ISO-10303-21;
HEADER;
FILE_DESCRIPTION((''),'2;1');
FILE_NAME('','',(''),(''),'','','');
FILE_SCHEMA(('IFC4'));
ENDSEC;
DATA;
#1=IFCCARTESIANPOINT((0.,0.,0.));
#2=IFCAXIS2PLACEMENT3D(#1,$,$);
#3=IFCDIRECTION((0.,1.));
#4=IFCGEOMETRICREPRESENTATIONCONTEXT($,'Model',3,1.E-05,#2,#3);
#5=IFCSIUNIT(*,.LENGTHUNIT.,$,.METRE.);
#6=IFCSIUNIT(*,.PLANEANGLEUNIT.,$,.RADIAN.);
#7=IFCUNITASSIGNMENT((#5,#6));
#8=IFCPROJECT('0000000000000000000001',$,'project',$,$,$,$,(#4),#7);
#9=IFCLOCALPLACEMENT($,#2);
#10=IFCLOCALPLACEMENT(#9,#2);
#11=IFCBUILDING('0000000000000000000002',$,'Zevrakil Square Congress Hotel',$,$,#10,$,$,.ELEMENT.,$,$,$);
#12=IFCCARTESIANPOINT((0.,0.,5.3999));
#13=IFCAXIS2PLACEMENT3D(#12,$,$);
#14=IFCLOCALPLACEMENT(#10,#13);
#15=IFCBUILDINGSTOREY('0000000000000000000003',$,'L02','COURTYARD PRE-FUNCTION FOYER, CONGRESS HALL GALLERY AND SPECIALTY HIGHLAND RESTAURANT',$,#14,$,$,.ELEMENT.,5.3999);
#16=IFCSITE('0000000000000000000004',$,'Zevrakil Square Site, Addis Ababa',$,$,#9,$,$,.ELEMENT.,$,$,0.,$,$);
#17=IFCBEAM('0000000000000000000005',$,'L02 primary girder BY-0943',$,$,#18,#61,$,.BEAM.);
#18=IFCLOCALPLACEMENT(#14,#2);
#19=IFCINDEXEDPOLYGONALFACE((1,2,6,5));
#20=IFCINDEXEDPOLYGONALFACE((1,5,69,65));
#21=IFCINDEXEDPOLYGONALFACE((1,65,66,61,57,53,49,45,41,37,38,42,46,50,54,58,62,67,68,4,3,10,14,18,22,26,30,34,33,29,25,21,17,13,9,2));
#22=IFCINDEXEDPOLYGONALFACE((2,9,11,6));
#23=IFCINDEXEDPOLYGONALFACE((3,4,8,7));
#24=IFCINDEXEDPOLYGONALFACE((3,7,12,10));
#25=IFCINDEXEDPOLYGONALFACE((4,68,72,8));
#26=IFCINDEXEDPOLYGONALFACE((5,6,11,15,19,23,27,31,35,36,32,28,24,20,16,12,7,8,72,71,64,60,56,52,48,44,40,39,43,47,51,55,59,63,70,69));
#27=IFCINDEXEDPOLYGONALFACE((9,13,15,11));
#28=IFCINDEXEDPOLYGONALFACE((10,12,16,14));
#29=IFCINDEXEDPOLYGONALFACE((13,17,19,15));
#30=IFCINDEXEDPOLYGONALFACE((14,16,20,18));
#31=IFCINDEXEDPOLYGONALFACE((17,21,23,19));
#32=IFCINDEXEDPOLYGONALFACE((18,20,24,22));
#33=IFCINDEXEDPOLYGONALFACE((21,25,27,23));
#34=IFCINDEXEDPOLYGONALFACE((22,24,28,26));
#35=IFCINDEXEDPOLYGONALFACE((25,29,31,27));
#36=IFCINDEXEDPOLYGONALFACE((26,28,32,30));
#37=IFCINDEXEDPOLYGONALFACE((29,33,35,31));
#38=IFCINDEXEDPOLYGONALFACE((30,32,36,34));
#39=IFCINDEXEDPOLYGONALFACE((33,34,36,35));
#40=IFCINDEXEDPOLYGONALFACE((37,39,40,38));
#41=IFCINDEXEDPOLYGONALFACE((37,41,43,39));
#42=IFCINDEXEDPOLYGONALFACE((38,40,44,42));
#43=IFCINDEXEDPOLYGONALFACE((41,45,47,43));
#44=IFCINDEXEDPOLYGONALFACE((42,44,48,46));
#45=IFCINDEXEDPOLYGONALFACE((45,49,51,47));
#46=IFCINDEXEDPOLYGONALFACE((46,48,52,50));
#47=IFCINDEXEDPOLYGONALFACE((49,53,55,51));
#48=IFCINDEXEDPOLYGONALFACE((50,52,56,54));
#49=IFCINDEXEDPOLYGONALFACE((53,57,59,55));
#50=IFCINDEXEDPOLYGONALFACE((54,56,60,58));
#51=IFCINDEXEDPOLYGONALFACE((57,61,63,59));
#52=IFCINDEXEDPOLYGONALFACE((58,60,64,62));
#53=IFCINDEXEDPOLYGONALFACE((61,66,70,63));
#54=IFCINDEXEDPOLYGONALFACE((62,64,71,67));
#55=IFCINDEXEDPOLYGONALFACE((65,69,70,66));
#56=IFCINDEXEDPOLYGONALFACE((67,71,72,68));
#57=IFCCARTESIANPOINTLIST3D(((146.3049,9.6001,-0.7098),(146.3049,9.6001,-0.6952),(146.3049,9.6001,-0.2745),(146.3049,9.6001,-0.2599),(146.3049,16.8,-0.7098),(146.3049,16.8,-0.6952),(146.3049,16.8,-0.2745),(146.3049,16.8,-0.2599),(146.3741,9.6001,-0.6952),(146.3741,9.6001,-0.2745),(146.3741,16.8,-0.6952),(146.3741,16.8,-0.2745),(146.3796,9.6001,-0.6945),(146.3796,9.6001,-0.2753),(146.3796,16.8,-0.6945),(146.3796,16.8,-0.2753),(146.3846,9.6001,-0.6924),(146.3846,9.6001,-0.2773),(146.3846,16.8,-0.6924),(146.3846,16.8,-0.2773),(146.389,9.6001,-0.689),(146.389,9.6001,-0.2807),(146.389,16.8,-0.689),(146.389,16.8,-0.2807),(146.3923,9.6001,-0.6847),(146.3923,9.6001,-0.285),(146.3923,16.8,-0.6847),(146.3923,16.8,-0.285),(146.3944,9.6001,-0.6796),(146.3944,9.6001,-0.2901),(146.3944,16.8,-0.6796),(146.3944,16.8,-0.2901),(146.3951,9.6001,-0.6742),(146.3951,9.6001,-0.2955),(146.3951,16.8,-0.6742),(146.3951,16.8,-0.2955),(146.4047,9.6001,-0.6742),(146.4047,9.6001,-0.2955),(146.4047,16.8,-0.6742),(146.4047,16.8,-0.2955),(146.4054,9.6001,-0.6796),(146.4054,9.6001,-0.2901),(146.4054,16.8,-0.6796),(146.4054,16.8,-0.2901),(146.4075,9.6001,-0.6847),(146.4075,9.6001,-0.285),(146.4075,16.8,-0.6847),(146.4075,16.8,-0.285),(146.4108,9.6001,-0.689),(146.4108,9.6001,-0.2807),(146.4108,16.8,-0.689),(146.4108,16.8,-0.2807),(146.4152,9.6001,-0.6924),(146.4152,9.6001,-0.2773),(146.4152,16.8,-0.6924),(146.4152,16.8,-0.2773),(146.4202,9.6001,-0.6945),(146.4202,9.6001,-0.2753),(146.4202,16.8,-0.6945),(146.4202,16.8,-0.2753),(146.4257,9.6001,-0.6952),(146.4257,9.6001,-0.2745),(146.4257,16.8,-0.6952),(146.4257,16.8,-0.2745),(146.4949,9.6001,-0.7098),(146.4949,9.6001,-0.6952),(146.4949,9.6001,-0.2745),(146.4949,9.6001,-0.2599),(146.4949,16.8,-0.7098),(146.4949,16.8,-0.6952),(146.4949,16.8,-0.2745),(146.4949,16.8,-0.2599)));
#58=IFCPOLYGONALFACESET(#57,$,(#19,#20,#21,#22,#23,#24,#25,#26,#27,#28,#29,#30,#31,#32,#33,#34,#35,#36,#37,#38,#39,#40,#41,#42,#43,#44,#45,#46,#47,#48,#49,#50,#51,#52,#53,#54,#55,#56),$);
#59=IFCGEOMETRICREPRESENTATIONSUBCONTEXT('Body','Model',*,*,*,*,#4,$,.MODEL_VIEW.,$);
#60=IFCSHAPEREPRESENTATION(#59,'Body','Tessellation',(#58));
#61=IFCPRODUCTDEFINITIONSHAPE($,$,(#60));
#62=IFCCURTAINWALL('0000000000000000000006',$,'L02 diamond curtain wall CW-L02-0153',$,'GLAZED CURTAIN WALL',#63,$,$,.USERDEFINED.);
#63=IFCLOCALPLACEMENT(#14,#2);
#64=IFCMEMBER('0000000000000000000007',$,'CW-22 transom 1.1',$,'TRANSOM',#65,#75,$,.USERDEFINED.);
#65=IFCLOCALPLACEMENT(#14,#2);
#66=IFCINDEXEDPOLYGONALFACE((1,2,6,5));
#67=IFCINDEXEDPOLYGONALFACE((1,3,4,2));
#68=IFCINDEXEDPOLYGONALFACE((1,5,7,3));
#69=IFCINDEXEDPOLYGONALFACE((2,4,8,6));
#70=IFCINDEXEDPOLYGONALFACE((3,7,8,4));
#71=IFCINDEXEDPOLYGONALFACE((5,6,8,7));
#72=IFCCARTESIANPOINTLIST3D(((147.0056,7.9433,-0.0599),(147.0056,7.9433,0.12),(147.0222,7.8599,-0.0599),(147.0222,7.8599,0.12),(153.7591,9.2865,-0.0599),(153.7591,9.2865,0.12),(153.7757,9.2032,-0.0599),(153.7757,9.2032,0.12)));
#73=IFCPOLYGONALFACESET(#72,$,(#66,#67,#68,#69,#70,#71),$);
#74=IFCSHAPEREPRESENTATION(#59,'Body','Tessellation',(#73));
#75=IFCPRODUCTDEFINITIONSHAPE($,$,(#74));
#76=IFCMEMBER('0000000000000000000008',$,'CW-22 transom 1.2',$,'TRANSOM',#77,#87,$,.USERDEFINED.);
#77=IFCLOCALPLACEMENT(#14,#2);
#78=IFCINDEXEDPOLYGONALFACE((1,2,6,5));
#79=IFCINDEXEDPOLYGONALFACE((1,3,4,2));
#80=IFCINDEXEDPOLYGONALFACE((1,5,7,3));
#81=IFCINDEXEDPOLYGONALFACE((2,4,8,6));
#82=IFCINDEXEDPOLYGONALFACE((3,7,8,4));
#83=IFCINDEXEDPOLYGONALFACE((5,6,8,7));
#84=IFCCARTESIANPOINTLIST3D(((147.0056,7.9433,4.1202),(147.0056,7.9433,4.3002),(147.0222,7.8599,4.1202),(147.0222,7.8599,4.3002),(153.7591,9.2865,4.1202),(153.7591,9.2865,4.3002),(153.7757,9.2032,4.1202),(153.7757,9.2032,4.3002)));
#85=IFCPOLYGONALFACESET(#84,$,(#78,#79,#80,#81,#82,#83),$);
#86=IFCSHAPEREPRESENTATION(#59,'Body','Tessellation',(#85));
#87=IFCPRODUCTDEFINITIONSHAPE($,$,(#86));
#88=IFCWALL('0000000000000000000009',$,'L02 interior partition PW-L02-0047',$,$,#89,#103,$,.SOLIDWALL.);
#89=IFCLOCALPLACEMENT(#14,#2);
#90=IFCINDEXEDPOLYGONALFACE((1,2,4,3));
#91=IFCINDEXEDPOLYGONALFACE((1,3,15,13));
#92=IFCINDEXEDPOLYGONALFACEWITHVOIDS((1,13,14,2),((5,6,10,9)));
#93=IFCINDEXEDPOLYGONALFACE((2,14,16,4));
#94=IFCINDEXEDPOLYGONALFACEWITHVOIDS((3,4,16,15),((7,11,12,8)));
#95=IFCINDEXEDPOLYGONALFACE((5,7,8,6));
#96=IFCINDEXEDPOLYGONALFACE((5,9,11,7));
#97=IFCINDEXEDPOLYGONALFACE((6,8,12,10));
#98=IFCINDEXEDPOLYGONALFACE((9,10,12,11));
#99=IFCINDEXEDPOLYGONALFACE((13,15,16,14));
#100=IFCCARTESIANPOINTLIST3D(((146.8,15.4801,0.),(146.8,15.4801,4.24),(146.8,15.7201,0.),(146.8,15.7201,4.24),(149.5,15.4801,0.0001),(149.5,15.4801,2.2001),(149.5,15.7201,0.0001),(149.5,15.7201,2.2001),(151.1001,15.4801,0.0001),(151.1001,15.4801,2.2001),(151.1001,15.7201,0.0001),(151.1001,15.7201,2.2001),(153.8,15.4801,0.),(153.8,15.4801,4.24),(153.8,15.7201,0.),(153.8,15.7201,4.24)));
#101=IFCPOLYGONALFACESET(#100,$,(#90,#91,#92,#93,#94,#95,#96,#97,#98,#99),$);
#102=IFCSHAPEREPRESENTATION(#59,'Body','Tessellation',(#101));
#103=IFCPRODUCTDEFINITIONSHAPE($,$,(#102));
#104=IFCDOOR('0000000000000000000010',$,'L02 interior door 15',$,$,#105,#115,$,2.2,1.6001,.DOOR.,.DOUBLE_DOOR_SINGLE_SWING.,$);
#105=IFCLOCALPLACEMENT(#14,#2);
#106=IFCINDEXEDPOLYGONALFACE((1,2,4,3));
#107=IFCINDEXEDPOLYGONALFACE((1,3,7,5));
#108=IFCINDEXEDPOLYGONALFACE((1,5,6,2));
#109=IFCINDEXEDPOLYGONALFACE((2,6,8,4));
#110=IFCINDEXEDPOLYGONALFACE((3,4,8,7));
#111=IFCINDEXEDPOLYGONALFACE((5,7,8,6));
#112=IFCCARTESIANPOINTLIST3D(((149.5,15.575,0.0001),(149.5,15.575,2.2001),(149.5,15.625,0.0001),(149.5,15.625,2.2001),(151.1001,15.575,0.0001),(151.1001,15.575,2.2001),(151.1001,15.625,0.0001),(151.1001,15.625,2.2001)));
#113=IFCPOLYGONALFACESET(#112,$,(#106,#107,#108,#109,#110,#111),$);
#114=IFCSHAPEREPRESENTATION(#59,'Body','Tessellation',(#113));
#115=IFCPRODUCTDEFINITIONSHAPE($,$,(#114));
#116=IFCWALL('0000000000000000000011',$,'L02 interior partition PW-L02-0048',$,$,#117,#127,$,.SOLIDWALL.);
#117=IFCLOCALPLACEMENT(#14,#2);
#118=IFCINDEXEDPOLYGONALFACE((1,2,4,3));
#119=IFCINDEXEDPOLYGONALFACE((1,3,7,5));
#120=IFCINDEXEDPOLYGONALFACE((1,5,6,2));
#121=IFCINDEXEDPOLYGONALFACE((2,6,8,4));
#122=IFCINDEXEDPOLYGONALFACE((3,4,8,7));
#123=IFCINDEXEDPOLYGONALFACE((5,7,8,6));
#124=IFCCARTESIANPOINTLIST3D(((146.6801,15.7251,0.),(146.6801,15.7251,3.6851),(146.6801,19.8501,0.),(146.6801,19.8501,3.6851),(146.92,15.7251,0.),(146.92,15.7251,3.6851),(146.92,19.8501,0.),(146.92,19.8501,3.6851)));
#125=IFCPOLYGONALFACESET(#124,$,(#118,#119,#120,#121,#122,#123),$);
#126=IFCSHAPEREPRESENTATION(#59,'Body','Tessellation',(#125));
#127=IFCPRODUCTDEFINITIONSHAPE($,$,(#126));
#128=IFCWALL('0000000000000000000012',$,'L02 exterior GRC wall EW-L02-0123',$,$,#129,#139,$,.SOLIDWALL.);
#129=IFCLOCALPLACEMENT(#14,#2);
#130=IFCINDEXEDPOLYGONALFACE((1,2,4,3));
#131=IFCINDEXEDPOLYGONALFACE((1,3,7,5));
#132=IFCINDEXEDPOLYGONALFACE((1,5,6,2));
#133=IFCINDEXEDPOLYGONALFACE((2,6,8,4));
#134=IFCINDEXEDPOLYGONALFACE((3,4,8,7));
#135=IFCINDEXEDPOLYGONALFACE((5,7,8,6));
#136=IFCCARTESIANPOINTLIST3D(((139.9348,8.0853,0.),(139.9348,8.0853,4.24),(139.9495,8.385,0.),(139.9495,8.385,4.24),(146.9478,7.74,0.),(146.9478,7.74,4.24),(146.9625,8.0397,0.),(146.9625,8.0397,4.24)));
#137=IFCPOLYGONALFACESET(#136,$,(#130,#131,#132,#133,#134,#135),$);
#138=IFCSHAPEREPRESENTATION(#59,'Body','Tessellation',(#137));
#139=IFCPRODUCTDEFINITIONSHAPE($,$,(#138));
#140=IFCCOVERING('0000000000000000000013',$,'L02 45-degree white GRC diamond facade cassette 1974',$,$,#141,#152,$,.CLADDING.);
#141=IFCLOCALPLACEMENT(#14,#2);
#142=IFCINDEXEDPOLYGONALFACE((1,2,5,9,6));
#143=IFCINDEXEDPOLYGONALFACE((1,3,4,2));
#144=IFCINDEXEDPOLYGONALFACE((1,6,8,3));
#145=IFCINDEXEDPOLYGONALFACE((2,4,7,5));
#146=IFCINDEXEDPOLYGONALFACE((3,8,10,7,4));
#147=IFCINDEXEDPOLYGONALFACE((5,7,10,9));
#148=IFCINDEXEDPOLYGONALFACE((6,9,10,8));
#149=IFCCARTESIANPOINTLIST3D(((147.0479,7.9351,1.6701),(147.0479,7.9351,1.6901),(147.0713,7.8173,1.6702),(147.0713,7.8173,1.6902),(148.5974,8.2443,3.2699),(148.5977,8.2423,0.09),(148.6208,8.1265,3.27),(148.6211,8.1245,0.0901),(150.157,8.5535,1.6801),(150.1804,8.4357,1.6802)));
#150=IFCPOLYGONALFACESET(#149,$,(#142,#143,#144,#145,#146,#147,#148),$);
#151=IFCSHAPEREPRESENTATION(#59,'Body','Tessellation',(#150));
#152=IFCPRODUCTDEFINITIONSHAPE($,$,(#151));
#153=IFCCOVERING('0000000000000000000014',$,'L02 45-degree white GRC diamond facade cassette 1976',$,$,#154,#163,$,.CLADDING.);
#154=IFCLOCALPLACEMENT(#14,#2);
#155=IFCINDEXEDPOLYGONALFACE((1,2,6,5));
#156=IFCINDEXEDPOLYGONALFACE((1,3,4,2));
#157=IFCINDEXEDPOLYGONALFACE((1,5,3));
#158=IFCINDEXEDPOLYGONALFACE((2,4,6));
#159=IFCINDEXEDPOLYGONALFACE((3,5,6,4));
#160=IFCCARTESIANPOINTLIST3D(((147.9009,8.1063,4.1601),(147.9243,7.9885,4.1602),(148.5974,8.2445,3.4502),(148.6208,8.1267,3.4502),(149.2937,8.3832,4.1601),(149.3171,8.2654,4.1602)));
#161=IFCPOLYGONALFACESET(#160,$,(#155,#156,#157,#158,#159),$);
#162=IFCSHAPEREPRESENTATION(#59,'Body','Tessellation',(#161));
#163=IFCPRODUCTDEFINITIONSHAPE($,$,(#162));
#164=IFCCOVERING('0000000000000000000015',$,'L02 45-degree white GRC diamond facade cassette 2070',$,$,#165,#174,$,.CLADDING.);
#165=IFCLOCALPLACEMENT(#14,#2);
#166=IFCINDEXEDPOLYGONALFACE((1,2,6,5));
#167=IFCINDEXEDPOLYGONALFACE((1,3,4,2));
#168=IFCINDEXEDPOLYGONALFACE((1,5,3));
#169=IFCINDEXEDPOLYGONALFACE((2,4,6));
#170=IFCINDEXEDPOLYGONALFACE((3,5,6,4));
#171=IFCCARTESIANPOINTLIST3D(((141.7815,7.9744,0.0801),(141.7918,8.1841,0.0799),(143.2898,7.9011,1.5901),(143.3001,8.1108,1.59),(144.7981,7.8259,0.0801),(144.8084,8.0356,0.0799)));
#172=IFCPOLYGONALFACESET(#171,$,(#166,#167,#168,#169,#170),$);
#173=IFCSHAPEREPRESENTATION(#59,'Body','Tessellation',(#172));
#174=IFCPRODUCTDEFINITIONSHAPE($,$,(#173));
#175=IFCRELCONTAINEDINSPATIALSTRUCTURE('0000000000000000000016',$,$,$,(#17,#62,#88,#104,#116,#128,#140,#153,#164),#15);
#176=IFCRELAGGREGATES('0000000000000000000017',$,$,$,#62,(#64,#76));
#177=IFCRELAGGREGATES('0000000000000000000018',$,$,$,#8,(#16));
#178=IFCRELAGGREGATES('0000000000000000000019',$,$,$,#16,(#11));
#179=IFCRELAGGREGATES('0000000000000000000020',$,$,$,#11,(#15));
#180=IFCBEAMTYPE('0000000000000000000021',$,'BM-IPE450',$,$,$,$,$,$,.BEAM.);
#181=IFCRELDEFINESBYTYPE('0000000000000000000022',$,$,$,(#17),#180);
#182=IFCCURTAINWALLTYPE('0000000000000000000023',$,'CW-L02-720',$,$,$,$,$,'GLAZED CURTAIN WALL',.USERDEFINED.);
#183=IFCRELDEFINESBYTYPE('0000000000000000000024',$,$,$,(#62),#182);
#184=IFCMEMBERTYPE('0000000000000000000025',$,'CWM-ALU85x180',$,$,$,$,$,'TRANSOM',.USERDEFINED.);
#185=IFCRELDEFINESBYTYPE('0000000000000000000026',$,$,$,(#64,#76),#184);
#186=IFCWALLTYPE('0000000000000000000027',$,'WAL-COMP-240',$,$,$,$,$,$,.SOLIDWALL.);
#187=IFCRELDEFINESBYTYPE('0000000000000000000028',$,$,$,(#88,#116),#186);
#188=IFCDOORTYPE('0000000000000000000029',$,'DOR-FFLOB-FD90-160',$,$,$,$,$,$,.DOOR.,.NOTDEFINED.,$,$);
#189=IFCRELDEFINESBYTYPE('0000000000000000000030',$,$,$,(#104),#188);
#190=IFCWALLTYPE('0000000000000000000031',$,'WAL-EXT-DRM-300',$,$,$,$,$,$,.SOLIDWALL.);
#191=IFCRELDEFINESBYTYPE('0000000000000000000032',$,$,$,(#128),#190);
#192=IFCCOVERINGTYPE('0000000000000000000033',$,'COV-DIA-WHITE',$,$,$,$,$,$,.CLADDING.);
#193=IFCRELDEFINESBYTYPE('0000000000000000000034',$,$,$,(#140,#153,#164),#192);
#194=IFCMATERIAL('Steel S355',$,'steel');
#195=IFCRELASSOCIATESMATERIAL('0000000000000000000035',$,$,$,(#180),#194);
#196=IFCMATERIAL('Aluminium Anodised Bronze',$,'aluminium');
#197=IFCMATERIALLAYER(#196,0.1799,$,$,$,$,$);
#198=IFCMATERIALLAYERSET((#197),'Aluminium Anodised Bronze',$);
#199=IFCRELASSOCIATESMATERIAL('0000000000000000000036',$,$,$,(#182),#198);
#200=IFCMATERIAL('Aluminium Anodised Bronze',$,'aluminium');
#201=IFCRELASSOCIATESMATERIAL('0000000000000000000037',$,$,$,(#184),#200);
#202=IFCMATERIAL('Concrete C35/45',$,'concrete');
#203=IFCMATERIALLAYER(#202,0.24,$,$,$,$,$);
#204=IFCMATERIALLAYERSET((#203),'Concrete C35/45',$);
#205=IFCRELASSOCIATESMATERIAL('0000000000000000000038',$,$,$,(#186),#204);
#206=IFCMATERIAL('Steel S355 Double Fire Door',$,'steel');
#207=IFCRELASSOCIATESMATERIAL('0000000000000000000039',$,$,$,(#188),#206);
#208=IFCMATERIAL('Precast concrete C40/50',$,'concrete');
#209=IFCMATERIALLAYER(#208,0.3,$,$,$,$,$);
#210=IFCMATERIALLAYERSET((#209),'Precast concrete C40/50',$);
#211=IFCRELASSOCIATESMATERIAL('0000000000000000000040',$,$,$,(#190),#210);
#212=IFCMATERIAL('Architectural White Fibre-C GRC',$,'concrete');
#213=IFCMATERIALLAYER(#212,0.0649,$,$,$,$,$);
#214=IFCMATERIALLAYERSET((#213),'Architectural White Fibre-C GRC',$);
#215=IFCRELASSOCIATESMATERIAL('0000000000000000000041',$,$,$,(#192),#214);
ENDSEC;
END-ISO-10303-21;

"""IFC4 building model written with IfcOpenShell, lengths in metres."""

from ifc_helpers import new_model, si_unit, direction, frame, frame_2d, origin, origin_2d, place, context, subcontext, project, spatial, polyline, rectangle, i_section, outline, extrude, material, layer, layer_set, material_profile, profile_set, type_object, element, fill, aggregate, save


model = new_model("IFC4")

# Units and contexts
model_context = context("Model", 3, precision=1e-05, world=origin(), true_north=direction((0.0, 1.0)))
body_context = subcontext(model_context, "Body", "Model", "MODEL_VIEW")
ifc_project = project(units=[si_unit("LENGTHUNIT", "METRE"), si_unit("PLANEANGLEUNIT", "RADIAN")], contexts=[model_context])

# Site, building, storey
site_placement = place(None, origin())
site = spatial("IfcSite", under=ifc_project, at=site_placement, Name="Zevrakil Square Site, Addis Ababa", CompositionType="ELEMENT", RefElevation=0.0)
building_placement = place(site_placement, origin())
building = spatial("IfcBuilding", under=site, at=building_placement, Name="Zevrakil Square Congress Hotel", CompositionType="ELEMENT")
storey_placement = place(building_placement, frame((0.0, 0.0, 5.3999)))
storey = spatial("IfcBuildingStorey", under=building, at=storey_placement, Name="L02", Description="COURTYARD PRE-FUNCTION FOYER, CONGRESS HALL GALLERY AND SPECIALTY HIGHLAND RESTAURANT", CompositionType="ELEMENT", Elevation=5.3999)

# Beam
ifc_material_1 = material(Name="Steel S355", Category="steel")
ifc_material_profile_1 = material_profile(ifc_material_1, i_section(OverallWidth=0.1899, OverallDepth=0.45, WebThickness=0.0095, FlangeThickness=0.0146, FilletRadius=0.021, at=origin_2d()), Name="IPE 450")
ifc_profile_set_1 = profile_set([ifc_material_profile_1], Name="Steel S355")
beam_type_1 = type_object("IfcBeamType", Name="BM-IPE450", PredefinedType="BEAM", material=ifc_profile_set_1)
beam_placement = place(storey_placement, frame((146.3999, 9.6001, -0.4849), z_axis=(0.0, 1.0, 0.0), x_axis=(-1.0, 0.0, 0.0)))
element("IfcBeam", 1, at=beam_placement, inside=storey, type_object=beam_type_1, Name="L02 primary girder BY-0943", PredefinedType="BEAM", context=body_context, shape_type="SweptSolid", body=[
    extrude(i_section(OverallWidth=0.1899, OverallDepth=0.45, WebThickness=0.0095, FlangeThickness=0.0146, FilletRadius=0.021, at=origin_2d()), origin(), (0.0, 0.0, 1.0), 7.2),
])

# Curtain wall, members
ifc_material_2 = material(Name="Aluminium Anodised Bronze", Category="aluminium")
ifc_layer_1 = layer(ifc_material_2, 0.1799)
ifc_layer_set_1 = layer_set([ifc_layer_1], Name="Aluminium Anodised Bronze")
curtain_wall_type = type_object("IfcCurtainWallType", Name="CW-L02-720", ElementType="GLAZED CURTAIN WALL", PredefinedType="USERDEFINED", material=ifc_layer_set_1)
curtain_wall_placement = place(storey_placement, origin())
curtain_wall = element("IfcCurtainWall", 2, at=curtain_wall_placement, inside=storey, type_object=curtain_wall_type, Name="L02 diamond curtain wall CW-L02-0153", ObjectType="GLAZED CURTAIN WALL", PredefinedType="USERDEFINED")
ifc_material_3 = material(Name="Aluminium Anodised Bronze", Category="aluminium")
ifc_material_profile_2 = material_profile(ifc_material_3, rectangle(XDim=0.085, YDim=0.1799, at=origin_2d()), Name="ALU 85x180")
ifc_profile_set_2 = profile_set([ifc_material_profile_2], Name="Aluminium Anodised Bronze")
member_type = type_object("IfcMemberType", Name="CWM-ALU85x180", ElementType="TRANSOM", PredefinedType="USERDEFINED", material=ifc_profile_set_2)
member_1_placement = place(storey_placement, frame((147.0139, 7.9016, 0.03), z_axis=(0.980787, 0.19508, 0.0), x_axis=(-0.19508, 0.980787, 0.0)))
member_1 = element("IfcMember", 3, at=member_1_placement, type_object=member_type, Name="CW-22 transom 1.1", ObjectType="TRANSOM", PredefinedType="USERDEFINED", context=body_context, shape_type="SweptSolid", body=[
    extrude(rectangle(XDim=0.085, YDim=0.1799, at=origin_2d()), origin(), (0.0, 0.0, 1.0), 6.8857),
])
member_2_placement = place(storey_placement, frame((147.0139, 7.9016, 4.2102), z_axis=(0.980787, 0.19508, 0.0), x_axis=(-0.19508, 0.980787, 0.0)))
member_2 = element("IfcMember", 4, at=member_2_placement, type_object=member_type, Name="CW-22 transom 1.2", ObjectType="TRANSOM", PredefinedType="USERDEFINED", context=body_context, shape_type="SweptSolid", body=[
    extrude(rectangle(XDim=0.085, YDim=0.1799, at=origin_2d()), origin(), (0.0, 0.0, 1.0), 6.8857),
])
aggregate(curtain_wall, [member_1, member_2])

# Wall, opening, door
ifc_material_4 = material(Name="Concrete C35/45", Category="concrete")
ifc_layer_2 = layer(ifc_material_4, 0.24)
ifc_layer_set_2 = layer_set([ifc_layer_2], Name="Concrete C35/45")
wall_type_1 = type_object("IfcWallType", Name="WAL-COMP-240", PredefinedType="SOLIDWALL", material=ifc_layer_set_2)
wall_1_placement = place(storey_placement, frame((146.8, 15.6001, 0.0), z_axis=(0.0, 0.0, 1.0), x_axis=(1.0, 0.0, 0.0)))
wall_1 = element("IfcWall", 5, at=wall_1_placement, inside=storey, type_object=wall_type_1, Name="L02 interior partition PW-L02-0047", PredefinedType="SOLIDWALL", context=body_context, shape_type="SweptSolid", body=[
    extrude(rectangle(XDim=7.0, YDim=0.24, at=frame_2d((3.5, 0.0))), origin(), (0.0, 0.0, 1.0), 4.24),
])
opening_placement = place(wall_1_placement, frame((2.7, 0.0, 0.0)))
opening = element("IfcOpeningElement", 6, at=opening_placement, cuts=wall_1, PredefinedType="OPENING", context=body_context, shape_type="SweptSolid", body=[
    extrude(rectangle(XDim=1.6001, YDim=2.2, at=frame_2d((0.8, 1.1001))), frame((0.0, 0.1299, 0.0), z_axis=(0.0, -1.0, 0.0), x_axis=(1.0, 0.0, 0.0)), (0.0, 0.0, 1.0), 0.26),
])
ifc_material_5 = material(Name="Steel S355 Double Fire Door", Category="steel")
door_type = type_object("IfcDoorType", Name="DOR-FFLOB-FD90-160", OperationType="NOTDEFINED", PredefinedType="DOOR", material=ifc_material_5)
door_placement = place(opening_placement, origin())
door = element("IfcDoor", 7, at=door_placement, inside=storey, type_object=door_type, Name="L02 interior door 15", OperationType="DOUBLE_DOOR_SINGLE_SWING", OverallHeight=2.2, OverallWidth=1.6001, PredefinedType="DOOR", context=body_context, shape_type="SweptSolid", body=[
    extrude(rectangle(XDim=1.6001, YDim=2.2, at=frame_2d((0.8, 1.1001))), frame((0.0, 0.0249, 0.0), z_axis=(0.0, -1.0, 0.0), x_axis=(1.0, 0.0, 0.0)), (0.0, 0.0, 1.0), 0.05),
])
fill(opening, door)

# Walls
wall_2_placement = place(storey_placement, frame((146.8, 15.7251, 0.0), z_axis=(0.0, 0.0, 1.0), x_axis=(0.0, 1.0, 0.0)))
element("IfcWall", 8, at=wall_2_placement, inside=storey, type_object=wall_type_1, Name="L02 interior partition PW-L02-0048", PredefinedType="SOLIDWALL", context=body_context, shape_type="SweptSolid", body=[
    extrude(rectangle(XDim=4.125, YDim=0.24, at=frame_2d((2.0625, 0.0))), origin(), (0.0, 0.0, 1.0), 3.6851),
])
ifc_material_6 = material(Name="Precast concrete C40/50", Category="concrete")
ifc_layer_3 = layer(ifc_material_6, 0.3)
ifc_layer_set_3 = layer_set([ifc_layer_3], Name="Precast concrete C40/50")
wall_type_2 = type_object("IfcWallType", Name="WAL-EXT-DRM-300", PredefinedType="SOLIDWALL", material=ifc_layer_set_3)
wall_3_placement = place(storey_placement, frame((139.9421, 8.2351, 0.0), z_axis=(0.0, 0.0, 1.0), x_axis=(0.998791, -0.049166, 0.0)))
element("IfcWall", 9, at=wall_3_placement, inside=storey, type_object=wall_type_2, Name="L02 exterior GRC wall EW-L02-0123", PredefinedType="SOLIDWALL", context=body_context, shape_type="SweptSolid", body=[
    extrude(rectangle(XDim=7.0215, YDim=0.3, at=frame_2d((3.5107, 0.0))), origin(), (0.0, 0.0, 1.0), 4.24),
])

# Coverings
ifc_material_7 = material(Name="Architectural White Fibre-C GRC", Category="concrete")
ifc_layer_4 = layer(ifc_material_7, 0.0649)
ifc_layer_set_4 = layer_set([ifc_layer_4], Name="Architectural White Fibre-C GRC")
covering_type_1 = type_object("IfcCoveringType", Name="COV-DIA-WHITE", PredefinedType="CLADDING", material=ifc_layer_set_4)
covering_1_placement = place(storey_placement, frame((148.6208, 8.1265, 3.27), z_axis=(0.195079, -0.980787, 0.000615), x_axis=(0.69363, 0.13752, -0.707083)))
element("IfcCovering", 10, at=covering_1_placement, inside=storey, type_object=covering_type_1, Name="L02 45-degree white GRC diamond facade cassette 1974", PredefinedType="CLADDING", context=body_context, shape_type="SweptSolid", body=[
    extrude(outline(polyline([(0.0, 0.0), (2.2485, 0.0), (2.2484, -2.2487), (0.0139, -2.2486), (-0.0003, -2.2344), (0.0, 0.0)])), origin(), (0.0, 0.0, -1.0), 0.1201),
])
covering_2_placement = place(storey_placement, frame((148.6208, 8.1267, 3.4502), z_axis=(0.194959, -0.980811, 0.000371), x_axis=(-0.693661, -0.137614, 0.707034)))
element("IfcCovering", 11, at=covering_2_placement, inside=storey, type_object=covering_type_1, Name="L02 45-degree white GRC diamond facade cassette 1976", PredefinedType="CLADDING", context=body_context, shape_type="SweptSolid", body=[
    extrude(outline(polyline([(0.0, 0.0), (1.0041, 0.0), (-0.0001, -1.004), (0.0, 0.0)])), origin(), (0.0, 0.0, -1.0), 0.1201),
])
covering_3_placement = place(storey_placement, frame((143.2898, 7.9011, 1.5901), z_axis=(-0.049147, -0.998791, 0.000646), x_axis=(0.706268, -0.035211, -0.707068)))
element("IfcCovering", 12, at=covering_3_placement, inside=storey, type_object=covering_type_1, Name="L02 45-degree white GRC diamond facade cassette 2070", PredefinedType="CLADDING", context=body_context, shape_type="SweptSolid", body=[
    extrude(outline(polyline([(0.0, 0.0), (2.1356, 0.0), (-0.0002, -2.1355), (0.0, 0.0)])), origin(), (0.0, 0.0, -1.0), 0.21),
])

save(model, "model.ifc")
